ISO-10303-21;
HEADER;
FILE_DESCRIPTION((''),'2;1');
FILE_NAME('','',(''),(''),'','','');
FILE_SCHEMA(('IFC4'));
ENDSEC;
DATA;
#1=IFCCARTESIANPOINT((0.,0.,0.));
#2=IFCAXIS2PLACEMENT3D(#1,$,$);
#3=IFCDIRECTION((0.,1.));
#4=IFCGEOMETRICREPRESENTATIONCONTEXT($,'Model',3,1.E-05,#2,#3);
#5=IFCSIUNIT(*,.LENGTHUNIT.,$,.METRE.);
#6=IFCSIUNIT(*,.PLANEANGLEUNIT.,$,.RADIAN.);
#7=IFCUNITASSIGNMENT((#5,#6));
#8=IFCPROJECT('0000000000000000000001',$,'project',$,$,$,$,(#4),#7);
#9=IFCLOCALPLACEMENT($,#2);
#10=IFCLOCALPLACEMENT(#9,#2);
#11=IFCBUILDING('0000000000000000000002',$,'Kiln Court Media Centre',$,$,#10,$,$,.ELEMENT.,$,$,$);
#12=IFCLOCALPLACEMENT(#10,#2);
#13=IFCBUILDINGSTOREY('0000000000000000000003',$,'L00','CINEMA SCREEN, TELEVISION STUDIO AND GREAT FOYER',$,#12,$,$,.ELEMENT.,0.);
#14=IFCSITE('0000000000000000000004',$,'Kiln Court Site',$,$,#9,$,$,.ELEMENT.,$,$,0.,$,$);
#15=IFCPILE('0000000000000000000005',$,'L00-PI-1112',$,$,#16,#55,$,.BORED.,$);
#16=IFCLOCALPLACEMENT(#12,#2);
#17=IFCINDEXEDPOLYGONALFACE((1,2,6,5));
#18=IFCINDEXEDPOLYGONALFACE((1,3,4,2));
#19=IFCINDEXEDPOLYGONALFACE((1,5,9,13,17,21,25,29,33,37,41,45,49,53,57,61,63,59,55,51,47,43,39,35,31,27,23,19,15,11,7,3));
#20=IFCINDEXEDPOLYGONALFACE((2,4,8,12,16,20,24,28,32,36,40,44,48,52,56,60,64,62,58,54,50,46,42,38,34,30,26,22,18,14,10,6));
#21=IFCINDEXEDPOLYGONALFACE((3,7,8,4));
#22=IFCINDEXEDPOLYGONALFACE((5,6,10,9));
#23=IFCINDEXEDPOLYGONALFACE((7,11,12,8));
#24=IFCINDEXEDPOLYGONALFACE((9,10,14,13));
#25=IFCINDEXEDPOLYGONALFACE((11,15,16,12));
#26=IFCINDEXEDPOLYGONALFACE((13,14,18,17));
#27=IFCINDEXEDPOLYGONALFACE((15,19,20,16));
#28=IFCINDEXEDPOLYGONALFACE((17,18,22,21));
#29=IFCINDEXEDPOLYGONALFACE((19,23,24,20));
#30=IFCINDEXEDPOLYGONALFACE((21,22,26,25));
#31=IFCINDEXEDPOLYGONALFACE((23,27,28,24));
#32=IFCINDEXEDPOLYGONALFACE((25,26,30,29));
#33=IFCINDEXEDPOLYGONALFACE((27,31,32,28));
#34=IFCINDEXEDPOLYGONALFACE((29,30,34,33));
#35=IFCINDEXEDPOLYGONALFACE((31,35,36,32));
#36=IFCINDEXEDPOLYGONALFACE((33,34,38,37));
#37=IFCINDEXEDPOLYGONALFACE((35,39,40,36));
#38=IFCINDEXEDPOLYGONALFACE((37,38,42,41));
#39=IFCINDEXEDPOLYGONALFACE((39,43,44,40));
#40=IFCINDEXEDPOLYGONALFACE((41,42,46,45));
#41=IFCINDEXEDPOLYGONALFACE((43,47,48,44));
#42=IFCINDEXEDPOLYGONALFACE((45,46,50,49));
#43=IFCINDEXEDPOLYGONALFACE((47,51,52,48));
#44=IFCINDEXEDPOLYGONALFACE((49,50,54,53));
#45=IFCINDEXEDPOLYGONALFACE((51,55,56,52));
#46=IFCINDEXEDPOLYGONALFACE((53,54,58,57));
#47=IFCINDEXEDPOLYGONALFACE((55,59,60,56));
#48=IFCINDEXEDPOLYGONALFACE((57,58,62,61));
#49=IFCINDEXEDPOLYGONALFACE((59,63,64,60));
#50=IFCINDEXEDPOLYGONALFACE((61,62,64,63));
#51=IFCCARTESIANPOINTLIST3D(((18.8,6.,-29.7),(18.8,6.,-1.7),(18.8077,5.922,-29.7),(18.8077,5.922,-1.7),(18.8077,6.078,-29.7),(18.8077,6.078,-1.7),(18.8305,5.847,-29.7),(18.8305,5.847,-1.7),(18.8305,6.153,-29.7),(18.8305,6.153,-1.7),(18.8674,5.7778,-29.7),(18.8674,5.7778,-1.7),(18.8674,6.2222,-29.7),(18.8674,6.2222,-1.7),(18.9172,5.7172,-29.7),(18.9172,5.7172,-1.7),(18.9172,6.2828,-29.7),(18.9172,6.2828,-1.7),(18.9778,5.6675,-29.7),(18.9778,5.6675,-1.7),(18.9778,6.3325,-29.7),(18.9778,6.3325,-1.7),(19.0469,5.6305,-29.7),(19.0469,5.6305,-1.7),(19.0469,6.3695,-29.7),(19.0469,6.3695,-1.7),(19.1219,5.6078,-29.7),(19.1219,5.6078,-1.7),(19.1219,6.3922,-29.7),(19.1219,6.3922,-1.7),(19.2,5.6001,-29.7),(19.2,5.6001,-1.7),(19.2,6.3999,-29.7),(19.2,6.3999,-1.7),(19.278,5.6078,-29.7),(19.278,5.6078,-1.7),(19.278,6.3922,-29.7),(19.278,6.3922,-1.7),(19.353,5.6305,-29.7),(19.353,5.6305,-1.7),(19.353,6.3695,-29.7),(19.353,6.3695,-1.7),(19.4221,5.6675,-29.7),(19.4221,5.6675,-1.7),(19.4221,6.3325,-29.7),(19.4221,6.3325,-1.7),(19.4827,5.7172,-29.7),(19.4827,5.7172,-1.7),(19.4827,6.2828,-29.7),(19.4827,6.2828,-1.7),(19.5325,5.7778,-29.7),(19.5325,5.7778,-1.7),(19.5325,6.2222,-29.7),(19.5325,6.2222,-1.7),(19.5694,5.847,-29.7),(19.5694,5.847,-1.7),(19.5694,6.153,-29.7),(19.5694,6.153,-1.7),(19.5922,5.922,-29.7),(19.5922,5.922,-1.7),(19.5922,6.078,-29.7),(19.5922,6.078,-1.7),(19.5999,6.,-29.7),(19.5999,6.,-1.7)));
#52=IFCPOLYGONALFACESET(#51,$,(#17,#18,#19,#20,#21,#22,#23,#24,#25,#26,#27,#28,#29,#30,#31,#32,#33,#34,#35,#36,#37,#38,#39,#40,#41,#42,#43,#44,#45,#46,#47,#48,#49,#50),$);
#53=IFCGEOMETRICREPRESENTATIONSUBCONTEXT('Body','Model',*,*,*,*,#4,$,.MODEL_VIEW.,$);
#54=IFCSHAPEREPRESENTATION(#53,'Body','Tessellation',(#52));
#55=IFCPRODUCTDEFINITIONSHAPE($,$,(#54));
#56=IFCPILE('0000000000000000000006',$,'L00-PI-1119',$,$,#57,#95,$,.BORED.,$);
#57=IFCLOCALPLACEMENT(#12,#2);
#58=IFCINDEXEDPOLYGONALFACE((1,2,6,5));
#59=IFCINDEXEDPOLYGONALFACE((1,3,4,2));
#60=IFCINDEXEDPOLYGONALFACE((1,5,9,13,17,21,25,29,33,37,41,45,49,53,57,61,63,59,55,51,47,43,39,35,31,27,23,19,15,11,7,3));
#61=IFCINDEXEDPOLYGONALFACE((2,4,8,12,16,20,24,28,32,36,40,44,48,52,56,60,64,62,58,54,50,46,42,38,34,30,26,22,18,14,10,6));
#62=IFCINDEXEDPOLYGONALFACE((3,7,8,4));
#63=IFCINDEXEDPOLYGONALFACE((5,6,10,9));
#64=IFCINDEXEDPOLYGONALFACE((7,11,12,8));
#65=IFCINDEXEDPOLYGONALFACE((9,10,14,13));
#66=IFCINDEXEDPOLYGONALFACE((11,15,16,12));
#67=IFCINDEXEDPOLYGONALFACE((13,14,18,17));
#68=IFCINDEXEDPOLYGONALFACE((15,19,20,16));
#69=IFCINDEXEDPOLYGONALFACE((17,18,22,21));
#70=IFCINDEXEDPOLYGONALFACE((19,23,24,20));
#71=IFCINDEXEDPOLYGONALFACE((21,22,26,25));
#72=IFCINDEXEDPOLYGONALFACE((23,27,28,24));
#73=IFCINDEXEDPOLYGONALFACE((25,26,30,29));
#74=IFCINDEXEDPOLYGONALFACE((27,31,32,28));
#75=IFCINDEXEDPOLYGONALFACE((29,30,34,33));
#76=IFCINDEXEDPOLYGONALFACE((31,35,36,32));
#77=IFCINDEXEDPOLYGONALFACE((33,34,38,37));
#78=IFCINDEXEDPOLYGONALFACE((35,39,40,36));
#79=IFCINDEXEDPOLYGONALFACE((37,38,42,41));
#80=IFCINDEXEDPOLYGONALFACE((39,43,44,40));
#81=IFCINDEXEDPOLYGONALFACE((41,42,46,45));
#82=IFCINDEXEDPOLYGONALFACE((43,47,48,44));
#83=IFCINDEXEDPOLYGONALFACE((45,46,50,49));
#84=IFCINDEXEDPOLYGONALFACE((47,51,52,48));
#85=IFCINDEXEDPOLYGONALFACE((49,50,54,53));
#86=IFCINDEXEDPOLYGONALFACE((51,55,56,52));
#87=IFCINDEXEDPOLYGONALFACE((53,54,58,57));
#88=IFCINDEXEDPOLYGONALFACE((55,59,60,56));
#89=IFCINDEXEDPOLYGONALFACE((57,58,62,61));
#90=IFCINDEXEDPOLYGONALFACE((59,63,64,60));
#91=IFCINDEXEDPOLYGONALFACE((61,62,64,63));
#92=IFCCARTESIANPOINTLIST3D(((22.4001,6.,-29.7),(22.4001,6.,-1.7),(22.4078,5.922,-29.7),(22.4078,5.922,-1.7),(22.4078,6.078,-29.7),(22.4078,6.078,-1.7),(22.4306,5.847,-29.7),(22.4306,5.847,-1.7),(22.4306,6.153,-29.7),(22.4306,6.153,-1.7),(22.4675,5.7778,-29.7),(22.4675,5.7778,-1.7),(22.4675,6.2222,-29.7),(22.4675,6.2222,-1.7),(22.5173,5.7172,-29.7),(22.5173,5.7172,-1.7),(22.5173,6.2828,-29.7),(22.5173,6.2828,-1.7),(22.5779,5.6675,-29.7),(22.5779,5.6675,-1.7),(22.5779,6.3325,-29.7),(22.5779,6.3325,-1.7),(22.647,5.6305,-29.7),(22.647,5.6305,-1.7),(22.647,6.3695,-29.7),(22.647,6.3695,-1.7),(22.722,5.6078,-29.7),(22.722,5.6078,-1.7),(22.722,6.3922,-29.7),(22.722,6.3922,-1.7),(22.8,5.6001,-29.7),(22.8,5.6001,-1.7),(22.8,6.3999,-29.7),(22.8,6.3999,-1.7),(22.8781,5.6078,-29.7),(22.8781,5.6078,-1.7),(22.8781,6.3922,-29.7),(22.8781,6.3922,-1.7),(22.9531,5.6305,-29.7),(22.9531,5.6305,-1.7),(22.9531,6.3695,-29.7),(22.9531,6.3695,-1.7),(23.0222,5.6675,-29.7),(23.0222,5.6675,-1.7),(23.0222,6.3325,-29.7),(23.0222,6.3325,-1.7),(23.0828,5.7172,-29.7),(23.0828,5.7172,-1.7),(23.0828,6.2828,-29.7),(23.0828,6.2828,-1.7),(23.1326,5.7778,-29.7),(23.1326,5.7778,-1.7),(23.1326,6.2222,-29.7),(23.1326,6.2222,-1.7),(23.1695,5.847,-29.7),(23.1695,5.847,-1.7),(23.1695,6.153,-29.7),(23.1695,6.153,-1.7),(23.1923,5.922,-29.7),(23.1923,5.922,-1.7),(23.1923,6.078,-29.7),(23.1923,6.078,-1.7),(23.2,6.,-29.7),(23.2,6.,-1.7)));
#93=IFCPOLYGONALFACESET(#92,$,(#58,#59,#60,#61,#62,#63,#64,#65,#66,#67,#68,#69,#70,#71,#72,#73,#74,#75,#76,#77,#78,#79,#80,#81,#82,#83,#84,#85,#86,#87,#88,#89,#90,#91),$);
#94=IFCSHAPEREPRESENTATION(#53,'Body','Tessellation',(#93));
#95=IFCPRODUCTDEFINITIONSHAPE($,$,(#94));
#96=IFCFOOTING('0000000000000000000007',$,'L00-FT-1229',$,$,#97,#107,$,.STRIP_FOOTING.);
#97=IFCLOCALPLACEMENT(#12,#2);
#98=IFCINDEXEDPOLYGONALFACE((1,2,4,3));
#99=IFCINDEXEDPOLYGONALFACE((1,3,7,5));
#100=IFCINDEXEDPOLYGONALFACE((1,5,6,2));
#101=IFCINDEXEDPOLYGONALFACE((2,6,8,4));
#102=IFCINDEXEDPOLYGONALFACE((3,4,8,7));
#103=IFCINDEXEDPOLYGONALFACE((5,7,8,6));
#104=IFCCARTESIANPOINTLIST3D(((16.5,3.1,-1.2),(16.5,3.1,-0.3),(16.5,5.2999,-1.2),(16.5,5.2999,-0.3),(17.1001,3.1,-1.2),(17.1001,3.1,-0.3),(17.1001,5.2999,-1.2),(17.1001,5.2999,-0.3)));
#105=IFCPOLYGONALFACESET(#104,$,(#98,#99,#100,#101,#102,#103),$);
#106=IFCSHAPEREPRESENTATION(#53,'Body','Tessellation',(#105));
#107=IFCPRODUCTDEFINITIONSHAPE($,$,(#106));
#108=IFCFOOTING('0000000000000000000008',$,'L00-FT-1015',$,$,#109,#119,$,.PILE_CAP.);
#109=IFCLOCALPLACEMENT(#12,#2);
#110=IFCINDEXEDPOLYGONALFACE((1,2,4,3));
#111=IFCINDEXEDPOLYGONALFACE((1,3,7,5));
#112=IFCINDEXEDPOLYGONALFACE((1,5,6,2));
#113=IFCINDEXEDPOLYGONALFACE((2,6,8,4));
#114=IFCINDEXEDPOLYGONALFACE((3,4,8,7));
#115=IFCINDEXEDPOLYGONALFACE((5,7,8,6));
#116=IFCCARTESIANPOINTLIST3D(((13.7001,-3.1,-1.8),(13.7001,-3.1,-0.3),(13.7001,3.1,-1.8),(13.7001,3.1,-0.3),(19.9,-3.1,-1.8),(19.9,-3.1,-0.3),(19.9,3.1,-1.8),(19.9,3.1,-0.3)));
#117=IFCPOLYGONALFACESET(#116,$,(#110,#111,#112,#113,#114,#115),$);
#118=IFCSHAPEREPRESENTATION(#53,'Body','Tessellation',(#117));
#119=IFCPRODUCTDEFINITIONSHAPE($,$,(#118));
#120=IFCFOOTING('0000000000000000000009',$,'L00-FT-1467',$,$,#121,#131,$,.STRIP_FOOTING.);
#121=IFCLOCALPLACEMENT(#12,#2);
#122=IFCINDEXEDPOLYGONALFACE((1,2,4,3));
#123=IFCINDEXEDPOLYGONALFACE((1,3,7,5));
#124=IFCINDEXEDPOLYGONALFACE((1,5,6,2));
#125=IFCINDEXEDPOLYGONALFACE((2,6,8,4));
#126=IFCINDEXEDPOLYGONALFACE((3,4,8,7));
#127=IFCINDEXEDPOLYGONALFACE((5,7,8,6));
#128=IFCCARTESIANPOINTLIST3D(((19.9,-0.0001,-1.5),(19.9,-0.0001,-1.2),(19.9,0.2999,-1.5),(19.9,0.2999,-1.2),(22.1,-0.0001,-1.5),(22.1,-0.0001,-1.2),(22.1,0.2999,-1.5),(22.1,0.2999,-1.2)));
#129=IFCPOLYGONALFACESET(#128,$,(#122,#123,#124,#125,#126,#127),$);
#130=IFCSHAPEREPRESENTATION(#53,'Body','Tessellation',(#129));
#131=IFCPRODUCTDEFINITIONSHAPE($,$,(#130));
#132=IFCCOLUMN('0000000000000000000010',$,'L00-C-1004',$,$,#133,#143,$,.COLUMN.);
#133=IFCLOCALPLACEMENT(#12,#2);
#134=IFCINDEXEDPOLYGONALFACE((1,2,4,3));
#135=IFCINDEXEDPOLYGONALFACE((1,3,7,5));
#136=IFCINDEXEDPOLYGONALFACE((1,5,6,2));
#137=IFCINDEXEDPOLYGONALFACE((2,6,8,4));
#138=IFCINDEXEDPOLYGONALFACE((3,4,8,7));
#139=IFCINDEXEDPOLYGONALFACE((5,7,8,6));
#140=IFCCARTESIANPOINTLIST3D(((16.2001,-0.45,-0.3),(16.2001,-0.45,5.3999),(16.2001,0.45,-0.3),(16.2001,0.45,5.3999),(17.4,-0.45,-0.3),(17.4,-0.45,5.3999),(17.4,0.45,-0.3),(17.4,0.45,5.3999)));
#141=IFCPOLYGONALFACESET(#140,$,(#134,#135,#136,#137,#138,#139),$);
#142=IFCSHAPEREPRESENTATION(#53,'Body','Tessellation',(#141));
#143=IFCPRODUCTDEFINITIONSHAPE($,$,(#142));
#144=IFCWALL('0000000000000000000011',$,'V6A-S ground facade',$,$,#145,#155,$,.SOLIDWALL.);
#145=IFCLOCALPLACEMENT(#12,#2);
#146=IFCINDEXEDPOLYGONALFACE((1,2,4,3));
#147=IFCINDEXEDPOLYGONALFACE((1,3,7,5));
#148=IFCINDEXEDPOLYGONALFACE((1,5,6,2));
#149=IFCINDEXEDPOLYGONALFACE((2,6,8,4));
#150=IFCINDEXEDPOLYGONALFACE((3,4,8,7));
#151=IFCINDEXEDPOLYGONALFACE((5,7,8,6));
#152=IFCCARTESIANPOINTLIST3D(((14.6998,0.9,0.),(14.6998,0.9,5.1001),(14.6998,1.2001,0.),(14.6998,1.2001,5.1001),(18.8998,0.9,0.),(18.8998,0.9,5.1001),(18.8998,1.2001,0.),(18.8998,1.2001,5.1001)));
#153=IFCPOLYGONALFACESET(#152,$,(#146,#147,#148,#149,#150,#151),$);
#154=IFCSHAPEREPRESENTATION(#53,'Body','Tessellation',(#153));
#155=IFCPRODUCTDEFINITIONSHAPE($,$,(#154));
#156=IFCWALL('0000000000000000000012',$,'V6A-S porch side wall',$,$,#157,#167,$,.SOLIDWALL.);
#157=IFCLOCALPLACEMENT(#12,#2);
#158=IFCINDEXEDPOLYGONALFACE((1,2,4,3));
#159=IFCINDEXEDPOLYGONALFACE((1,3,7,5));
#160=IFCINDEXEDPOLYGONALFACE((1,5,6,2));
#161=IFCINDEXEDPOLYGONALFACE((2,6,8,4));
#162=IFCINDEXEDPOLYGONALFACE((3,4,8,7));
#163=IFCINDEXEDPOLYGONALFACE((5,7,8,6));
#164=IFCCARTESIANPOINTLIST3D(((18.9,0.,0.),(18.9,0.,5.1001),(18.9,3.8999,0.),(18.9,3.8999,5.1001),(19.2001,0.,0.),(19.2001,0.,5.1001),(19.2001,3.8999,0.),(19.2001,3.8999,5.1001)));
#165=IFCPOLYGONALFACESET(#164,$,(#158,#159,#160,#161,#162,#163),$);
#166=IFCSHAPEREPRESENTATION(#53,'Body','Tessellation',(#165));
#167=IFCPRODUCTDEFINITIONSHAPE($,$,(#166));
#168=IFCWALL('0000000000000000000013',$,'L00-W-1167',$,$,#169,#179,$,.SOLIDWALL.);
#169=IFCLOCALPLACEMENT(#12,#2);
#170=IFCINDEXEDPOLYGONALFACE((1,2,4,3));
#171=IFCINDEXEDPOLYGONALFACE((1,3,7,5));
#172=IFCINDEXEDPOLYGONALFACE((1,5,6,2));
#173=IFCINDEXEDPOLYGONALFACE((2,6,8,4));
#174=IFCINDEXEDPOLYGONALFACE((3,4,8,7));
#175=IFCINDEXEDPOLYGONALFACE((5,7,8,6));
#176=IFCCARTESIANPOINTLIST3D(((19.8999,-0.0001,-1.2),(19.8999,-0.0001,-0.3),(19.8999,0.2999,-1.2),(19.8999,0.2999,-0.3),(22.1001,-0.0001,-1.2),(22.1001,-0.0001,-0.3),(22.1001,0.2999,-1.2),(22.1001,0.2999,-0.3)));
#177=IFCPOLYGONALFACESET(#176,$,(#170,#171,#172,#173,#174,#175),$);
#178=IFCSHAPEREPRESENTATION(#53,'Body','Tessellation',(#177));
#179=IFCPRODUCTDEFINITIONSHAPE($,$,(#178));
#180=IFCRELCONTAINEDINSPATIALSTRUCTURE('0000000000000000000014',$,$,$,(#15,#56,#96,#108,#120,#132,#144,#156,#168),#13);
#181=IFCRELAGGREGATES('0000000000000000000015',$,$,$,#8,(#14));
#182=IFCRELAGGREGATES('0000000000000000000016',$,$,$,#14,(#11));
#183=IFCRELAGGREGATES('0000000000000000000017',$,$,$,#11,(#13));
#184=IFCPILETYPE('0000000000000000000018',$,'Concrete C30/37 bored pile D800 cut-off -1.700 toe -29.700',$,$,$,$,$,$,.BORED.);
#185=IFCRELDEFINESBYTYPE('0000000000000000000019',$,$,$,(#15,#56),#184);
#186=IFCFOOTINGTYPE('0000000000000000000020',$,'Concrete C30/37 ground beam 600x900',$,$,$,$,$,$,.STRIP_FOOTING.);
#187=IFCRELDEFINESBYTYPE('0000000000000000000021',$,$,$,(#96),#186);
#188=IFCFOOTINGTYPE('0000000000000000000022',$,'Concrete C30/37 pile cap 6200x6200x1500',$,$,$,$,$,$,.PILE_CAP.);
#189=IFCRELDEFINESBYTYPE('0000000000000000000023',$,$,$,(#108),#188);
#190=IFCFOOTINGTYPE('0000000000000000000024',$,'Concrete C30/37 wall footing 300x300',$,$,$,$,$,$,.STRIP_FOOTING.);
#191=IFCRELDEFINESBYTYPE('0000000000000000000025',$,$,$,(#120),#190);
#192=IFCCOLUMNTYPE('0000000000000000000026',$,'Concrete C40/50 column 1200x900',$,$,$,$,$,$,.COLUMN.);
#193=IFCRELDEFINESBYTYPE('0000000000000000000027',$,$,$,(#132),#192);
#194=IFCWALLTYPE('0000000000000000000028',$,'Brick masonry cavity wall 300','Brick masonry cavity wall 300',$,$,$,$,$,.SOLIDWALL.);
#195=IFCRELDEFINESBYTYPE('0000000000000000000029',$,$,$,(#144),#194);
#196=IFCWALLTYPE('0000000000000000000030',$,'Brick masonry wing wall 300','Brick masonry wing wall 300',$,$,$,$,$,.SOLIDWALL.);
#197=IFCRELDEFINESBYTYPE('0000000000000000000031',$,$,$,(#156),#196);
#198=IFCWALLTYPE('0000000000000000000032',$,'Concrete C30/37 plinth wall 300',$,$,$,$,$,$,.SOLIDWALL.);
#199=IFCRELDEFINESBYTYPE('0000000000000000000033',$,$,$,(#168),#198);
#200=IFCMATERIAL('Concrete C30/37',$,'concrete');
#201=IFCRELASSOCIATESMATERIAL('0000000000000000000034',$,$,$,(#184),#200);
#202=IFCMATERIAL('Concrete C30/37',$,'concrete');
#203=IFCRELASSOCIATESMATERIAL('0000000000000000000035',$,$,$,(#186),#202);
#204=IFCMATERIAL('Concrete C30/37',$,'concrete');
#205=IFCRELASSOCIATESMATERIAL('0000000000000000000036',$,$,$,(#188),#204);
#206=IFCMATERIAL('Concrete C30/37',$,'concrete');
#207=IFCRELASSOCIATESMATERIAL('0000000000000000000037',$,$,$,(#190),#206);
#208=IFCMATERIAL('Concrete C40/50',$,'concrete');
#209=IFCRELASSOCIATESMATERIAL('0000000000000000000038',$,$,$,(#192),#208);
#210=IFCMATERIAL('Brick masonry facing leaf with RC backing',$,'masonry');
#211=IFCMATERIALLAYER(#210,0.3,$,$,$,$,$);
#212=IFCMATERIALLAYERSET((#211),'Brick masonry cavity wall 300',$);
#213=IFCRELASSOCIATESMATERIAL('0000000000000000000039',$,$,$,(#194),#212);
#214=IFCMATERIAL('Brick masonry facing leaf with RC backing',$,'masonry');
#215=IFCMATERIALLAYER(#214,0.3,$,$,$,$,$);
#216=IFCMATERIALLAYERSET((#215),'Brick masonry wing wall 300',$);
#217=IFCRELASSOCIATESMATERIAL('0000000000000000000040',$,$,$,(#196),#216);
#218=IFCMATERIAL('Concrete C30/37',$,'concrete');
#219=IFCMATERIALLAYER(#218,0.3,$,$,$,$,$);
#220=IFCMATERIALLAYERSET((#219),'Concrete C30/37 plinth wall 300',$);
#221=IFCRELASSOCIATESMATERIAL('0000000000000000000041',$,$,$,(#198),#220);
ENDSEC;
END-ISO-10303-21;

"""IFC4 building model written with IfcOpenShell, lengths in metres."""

from ifc_helpers import new_model, si_unit, direction, frame, frame_2d, origin, origin_2d, place, context, subcontext, project, spatial, rectangle, circle, extrude, material, layer, layer_set, material_profile, profile_set, type_object, element, save


model = new_model("IFC4")

# Units and contexts
model_context = context("Model", 3, precision=1e-05, world=origin(), true_north=direction((0.0, 1.0)))
body_context = subcontext(model_context, "Body", "Model", "MODEL_VIEW")
ifc_project = project(units=[si_unit("LENGTHUNIT", "METRE"), si_unit("PLANEANGLEUNIT", "RADIAN")], contexts=[model_context])

# Site, building, storey
site_placement = place(None, origin())
site = spatial("IfcSite", under=ifc_project, at=site_placement, Name="Kiln Court Site", CompositionType="ELEMENT", RefElevation=0.0)
building_placement = place(site_placement, origin())
building = spatial("IfcBuilding", under=site, at=building_placement, Name="Kiln Court Media Centre", CompositionType="ELEMENT")
storey_placement = place(building_placement, origin())
storey = spatial("IfcBuildingStorey", under=building, at=storey_placement, Name="L00", Description="CINEMA SCREEN, TELEVISION STUDIO AND GREAT FOYER", CompositionType="ELEMENT", Elevation=0.0)

# Piles
ifc_material_1 = material(Name="Concrete C30/37", Category="concrete")
ifc_material_profile_1 = material_profile(ifc_material_1, circle(Radius=0.3999, at=origin_2d()), Name="PILE D800")
ifc_profile_set_1 = profile_set([ifc_material_profile_1], Name="Concrete C30/37")
pile_type = type_object("IfcPileType", Name="Concrete C30/37 bored pile D800 cut-off -1.700 toe -29.700", PredefinedType="BORED", material=ifc_profile_set_1)
for number, where, z_axis, x_axis, name in (
    (1, (19.2, 6.0, -1.7), (0.0, 0.0, -1.0), (1.0, 0.0, 0.0), "L00-PI-1112"),
    (2, (22.8, 6.0, -1.7), (0.0, 0.0, -1.0), (1.0, 0.0, 0.0), "L00-PI-1119"),
):
    element("IfcPile", number, at=place(storey_placement, frame(where, z_axis=z_axis, x_axis=x_axis)), inside=storey, type_object=pile_type, Name=name, PredefinedType="BORED", context=body_context, shape_type="SweptSolid", body=[
        extrude(circle(Radius=0.3999, at=origin_2d()), origin(), (0.0, 0.0, 1.0), 28.0),
    ])

# Footings
ifc_material_2 = material(Name="Concrete C30/37", Category="concrete")
footing_type_1 = type_object("IfcFootingType", Name="Concrete C30/37 ground beam 600x900", PredefinedType="STRIP_FOOTING", material=ifc_material_2)
footing_1_placement = place(storey_placement, frame((16.8, 4.2, -1.2), z_axis=(0.0, 0.0, 1.0), x_axis=(1.0, 0.0, 0.0)))
element("IfcFooting", 3, at=footing_1_placement, inside=storey, type_object=footing_type_1, Name="L00-FT-1229", PredefinedType="STRIP_FOOTING", context=body_context, shape_type="SweptSolid", body=[
    extrude(rectangle(XDim=0.6001, YDim=2.2, at=origin_2d()), origin(), (0.0, 0.0, 1.0), 0.8999),
])
ifc_material_3 = material(Name="Concrete C30/37", Category="concrete")
footing_type_2 = type_object("IfcFootingType", Name="Concrete C30/37 pile cap 6200x6200x1500", PredefinedType="PILE_CAP", material=ifc_material_3)
footing_2_placement = place(storey_placement, frame((16.8, 0.0, -1.8), z_axis=(0.0, 0.0, 1.0), x_axis=(1.0, 0.0, 0.0)))
element("IfcFooting", 4, at=footing_2_placement, inside=storey, type_object=footing_type_2, Name="L00-FT-1015", PredefinedType="PILE_CAP", context=body_context, shape_type="SweptSolid", body=[
    extrude(rectangle(XDim=6.2, YDim=6.2, at=origin_2d()), origin(), (0.0, 0.0, 1.0), 1.5),
])
ifc_material_4 = material(Name="Concrete C30/37", Category="concrete")
footing_type_3 = type_object("IfcFootingType", Name="Concrete C30/37 wall footing 300x300", PredefinedType="STRIP_FOOTING", material=ifc_material_4)
footing_3_placement = place(storey_placement, frame((21.0, 0.1499, -1.5), z_axis=(0.0, 0.0, 1.0), x_axis=(1.0, 0.0, 0.0)))
element("IfcFooting", 5, at=footing_3_placement, inside=storey, type_object=footing_type_3, Name="L00-FT-1467", PredefinedType="STRIP_FOOTING", context=body_context, shape_type="SweptSolid", body=[
    extrude(rectangle(XDim=2.2, YDim=0.3, at=origin_2d()), origin(), (0.0, 0.0, 1.0), 0.3),
])

# Column
ifc_material_5 = material(Name="Concrete C40/50", Category="concrete")
ifc_material_profile_2 = material_profile(ifc_material_5, rectangle(XDim=1.2, YDim=0.8999, at=origin_2d()), Name="RC 1200x900")
ifc_profile_set_2 = profile_set([ifc_material_profile_2], Name="Concrete C40/50")
column_type = type_object("IfcColumnType", Name="Concrete C40/50 column 1200x900", PredefinedType="COLUMN", material=ifc_profile_set_2)
column_placement = place(storey_placement, frame((16.8, 0.0, -0.3), z_axis=(0.0, 0.0, 1.0), x_axis=(1.0, 0.0, 0.0)))
element("IfcColumn", 6, at=column_placement, inside=storey, type_object=column_type, Name="L00-C-1004", PredefinedType="COLUMN", context=body_context, shape_type="SweptSolid", body=[
    extrude(rectangle(XDim=1.2, YDim=0.8999, at=origin_2d()), origin(), (0.0, 0.0, 1.0), 5.7),
])

# Walls
ifc_material_6 = material(Name="Brick masonry facing leaf with RC backing", Category="masonry")
ifc_layer_1 = layer(ifc_material_6, 0.3)
ifc_layer_set_1 = layer_set([ifc_layer_1], Name="Brick masonry cavity wall 300")
wall_type_1 = type_object("IfcWallType", Name="Brick masonry cavity wall 300", Description="Brick masonry cavity wall 300", PredefinedType="SOLIDWALL", material=ifc_layer_set_1)
wall_1_placement = place(storey_placement, frame((18.8999, 1.05, 0.0), z_axis=(0.0, 0.0, 1.0), x_axis=(-1.0, 0.0, 0.0)))
element("IfcWall", 7, at=wall_1_placement, inside=storey, type_object=wall_type_1, Name="V6A-S ground facade", PredefinedType="SOLIDWALL", context=body_context, shape_type="SweptSolid", body=[
    extrude(rectangle(XDim=4.2, YDim=0.3, at=frame_2d((2.1001, 0.0))), origin(), (0.0, 0.0, 1.0), 5.1001),
])
ifc_material_7 = material(Name="Brick masonry facing leaf with RC backing", Category="masonry")
ifc_layer_2 = layer(ifc_material_7, 0.3)
ifc_layer_set_2 = layer_set([ifc_layer_2], Name="Brick masonry wing wall 300")
wall_type_2 = type_object("IfcWallType", Name="Brick masonry wing wall 300", Description="Brick masonry wing wall 300", PredefinedType="SOLIDWALL", material=ifc_layer_set_2)
wall_2_placement = place(storey_placement, frame((19.05, 3.8999, 0.0), z_axis=(0.0, 0.0, 1.0), x_axis=(0.0, -1.0, 0.0)))
element("IfcWall", 8, at=wall_2_placement, inside=storey, type_object=wall_type_2, Name="V6A-S porch side wall", PredefinedType="SOLIDWALL", context=body_context, shape_type="SweptSolid", body=[
    extrude(rectangle(XDim=3.8999, YDim=0.3, at=frame_2d((1.95, 0.0))), origin(), (0.0, 0.0, 1.0), 5.1001),
])

# Wall
ifc_material_8 = material(Name="Concrete C30/37", Category="concrete")
ifc_layer_3 = layer(ifc_material_8, 0.3)
ifc_layer_set_3 = layer_set([ifc_layer_3], Name="Concrete C30/37 plinth wall 300")
wall_type_3 = type_object("IfcWallType", Name="Concrete C30/37 plinth wall 300", PredefinedType="SOLIDWALL", material=ifc_layer_set_3)
wall_3_placement = place(storey_placement, frame((22.1001, 0.1499, -1.2), z_axis=(0.0, 0.0, 1.0), x_axis=(-1.0, 0.0, 0.0)))
element("IfcWall", 9, at=wall_3_placement, inside=storey, type_object=wall_type_3, Name="L00-W-1167", PredefinedType="SOLIDWALL", context=body_context, shape_type="SweptSolid", body=[
    extrude(rectangle(XDim=2.2002, YDim=0.3, at=frame_2d((1.1001, 0.0))), origin(), (0.0, 0.0, 1.0), 0.8999),
])

save(model, "model.ifc")
